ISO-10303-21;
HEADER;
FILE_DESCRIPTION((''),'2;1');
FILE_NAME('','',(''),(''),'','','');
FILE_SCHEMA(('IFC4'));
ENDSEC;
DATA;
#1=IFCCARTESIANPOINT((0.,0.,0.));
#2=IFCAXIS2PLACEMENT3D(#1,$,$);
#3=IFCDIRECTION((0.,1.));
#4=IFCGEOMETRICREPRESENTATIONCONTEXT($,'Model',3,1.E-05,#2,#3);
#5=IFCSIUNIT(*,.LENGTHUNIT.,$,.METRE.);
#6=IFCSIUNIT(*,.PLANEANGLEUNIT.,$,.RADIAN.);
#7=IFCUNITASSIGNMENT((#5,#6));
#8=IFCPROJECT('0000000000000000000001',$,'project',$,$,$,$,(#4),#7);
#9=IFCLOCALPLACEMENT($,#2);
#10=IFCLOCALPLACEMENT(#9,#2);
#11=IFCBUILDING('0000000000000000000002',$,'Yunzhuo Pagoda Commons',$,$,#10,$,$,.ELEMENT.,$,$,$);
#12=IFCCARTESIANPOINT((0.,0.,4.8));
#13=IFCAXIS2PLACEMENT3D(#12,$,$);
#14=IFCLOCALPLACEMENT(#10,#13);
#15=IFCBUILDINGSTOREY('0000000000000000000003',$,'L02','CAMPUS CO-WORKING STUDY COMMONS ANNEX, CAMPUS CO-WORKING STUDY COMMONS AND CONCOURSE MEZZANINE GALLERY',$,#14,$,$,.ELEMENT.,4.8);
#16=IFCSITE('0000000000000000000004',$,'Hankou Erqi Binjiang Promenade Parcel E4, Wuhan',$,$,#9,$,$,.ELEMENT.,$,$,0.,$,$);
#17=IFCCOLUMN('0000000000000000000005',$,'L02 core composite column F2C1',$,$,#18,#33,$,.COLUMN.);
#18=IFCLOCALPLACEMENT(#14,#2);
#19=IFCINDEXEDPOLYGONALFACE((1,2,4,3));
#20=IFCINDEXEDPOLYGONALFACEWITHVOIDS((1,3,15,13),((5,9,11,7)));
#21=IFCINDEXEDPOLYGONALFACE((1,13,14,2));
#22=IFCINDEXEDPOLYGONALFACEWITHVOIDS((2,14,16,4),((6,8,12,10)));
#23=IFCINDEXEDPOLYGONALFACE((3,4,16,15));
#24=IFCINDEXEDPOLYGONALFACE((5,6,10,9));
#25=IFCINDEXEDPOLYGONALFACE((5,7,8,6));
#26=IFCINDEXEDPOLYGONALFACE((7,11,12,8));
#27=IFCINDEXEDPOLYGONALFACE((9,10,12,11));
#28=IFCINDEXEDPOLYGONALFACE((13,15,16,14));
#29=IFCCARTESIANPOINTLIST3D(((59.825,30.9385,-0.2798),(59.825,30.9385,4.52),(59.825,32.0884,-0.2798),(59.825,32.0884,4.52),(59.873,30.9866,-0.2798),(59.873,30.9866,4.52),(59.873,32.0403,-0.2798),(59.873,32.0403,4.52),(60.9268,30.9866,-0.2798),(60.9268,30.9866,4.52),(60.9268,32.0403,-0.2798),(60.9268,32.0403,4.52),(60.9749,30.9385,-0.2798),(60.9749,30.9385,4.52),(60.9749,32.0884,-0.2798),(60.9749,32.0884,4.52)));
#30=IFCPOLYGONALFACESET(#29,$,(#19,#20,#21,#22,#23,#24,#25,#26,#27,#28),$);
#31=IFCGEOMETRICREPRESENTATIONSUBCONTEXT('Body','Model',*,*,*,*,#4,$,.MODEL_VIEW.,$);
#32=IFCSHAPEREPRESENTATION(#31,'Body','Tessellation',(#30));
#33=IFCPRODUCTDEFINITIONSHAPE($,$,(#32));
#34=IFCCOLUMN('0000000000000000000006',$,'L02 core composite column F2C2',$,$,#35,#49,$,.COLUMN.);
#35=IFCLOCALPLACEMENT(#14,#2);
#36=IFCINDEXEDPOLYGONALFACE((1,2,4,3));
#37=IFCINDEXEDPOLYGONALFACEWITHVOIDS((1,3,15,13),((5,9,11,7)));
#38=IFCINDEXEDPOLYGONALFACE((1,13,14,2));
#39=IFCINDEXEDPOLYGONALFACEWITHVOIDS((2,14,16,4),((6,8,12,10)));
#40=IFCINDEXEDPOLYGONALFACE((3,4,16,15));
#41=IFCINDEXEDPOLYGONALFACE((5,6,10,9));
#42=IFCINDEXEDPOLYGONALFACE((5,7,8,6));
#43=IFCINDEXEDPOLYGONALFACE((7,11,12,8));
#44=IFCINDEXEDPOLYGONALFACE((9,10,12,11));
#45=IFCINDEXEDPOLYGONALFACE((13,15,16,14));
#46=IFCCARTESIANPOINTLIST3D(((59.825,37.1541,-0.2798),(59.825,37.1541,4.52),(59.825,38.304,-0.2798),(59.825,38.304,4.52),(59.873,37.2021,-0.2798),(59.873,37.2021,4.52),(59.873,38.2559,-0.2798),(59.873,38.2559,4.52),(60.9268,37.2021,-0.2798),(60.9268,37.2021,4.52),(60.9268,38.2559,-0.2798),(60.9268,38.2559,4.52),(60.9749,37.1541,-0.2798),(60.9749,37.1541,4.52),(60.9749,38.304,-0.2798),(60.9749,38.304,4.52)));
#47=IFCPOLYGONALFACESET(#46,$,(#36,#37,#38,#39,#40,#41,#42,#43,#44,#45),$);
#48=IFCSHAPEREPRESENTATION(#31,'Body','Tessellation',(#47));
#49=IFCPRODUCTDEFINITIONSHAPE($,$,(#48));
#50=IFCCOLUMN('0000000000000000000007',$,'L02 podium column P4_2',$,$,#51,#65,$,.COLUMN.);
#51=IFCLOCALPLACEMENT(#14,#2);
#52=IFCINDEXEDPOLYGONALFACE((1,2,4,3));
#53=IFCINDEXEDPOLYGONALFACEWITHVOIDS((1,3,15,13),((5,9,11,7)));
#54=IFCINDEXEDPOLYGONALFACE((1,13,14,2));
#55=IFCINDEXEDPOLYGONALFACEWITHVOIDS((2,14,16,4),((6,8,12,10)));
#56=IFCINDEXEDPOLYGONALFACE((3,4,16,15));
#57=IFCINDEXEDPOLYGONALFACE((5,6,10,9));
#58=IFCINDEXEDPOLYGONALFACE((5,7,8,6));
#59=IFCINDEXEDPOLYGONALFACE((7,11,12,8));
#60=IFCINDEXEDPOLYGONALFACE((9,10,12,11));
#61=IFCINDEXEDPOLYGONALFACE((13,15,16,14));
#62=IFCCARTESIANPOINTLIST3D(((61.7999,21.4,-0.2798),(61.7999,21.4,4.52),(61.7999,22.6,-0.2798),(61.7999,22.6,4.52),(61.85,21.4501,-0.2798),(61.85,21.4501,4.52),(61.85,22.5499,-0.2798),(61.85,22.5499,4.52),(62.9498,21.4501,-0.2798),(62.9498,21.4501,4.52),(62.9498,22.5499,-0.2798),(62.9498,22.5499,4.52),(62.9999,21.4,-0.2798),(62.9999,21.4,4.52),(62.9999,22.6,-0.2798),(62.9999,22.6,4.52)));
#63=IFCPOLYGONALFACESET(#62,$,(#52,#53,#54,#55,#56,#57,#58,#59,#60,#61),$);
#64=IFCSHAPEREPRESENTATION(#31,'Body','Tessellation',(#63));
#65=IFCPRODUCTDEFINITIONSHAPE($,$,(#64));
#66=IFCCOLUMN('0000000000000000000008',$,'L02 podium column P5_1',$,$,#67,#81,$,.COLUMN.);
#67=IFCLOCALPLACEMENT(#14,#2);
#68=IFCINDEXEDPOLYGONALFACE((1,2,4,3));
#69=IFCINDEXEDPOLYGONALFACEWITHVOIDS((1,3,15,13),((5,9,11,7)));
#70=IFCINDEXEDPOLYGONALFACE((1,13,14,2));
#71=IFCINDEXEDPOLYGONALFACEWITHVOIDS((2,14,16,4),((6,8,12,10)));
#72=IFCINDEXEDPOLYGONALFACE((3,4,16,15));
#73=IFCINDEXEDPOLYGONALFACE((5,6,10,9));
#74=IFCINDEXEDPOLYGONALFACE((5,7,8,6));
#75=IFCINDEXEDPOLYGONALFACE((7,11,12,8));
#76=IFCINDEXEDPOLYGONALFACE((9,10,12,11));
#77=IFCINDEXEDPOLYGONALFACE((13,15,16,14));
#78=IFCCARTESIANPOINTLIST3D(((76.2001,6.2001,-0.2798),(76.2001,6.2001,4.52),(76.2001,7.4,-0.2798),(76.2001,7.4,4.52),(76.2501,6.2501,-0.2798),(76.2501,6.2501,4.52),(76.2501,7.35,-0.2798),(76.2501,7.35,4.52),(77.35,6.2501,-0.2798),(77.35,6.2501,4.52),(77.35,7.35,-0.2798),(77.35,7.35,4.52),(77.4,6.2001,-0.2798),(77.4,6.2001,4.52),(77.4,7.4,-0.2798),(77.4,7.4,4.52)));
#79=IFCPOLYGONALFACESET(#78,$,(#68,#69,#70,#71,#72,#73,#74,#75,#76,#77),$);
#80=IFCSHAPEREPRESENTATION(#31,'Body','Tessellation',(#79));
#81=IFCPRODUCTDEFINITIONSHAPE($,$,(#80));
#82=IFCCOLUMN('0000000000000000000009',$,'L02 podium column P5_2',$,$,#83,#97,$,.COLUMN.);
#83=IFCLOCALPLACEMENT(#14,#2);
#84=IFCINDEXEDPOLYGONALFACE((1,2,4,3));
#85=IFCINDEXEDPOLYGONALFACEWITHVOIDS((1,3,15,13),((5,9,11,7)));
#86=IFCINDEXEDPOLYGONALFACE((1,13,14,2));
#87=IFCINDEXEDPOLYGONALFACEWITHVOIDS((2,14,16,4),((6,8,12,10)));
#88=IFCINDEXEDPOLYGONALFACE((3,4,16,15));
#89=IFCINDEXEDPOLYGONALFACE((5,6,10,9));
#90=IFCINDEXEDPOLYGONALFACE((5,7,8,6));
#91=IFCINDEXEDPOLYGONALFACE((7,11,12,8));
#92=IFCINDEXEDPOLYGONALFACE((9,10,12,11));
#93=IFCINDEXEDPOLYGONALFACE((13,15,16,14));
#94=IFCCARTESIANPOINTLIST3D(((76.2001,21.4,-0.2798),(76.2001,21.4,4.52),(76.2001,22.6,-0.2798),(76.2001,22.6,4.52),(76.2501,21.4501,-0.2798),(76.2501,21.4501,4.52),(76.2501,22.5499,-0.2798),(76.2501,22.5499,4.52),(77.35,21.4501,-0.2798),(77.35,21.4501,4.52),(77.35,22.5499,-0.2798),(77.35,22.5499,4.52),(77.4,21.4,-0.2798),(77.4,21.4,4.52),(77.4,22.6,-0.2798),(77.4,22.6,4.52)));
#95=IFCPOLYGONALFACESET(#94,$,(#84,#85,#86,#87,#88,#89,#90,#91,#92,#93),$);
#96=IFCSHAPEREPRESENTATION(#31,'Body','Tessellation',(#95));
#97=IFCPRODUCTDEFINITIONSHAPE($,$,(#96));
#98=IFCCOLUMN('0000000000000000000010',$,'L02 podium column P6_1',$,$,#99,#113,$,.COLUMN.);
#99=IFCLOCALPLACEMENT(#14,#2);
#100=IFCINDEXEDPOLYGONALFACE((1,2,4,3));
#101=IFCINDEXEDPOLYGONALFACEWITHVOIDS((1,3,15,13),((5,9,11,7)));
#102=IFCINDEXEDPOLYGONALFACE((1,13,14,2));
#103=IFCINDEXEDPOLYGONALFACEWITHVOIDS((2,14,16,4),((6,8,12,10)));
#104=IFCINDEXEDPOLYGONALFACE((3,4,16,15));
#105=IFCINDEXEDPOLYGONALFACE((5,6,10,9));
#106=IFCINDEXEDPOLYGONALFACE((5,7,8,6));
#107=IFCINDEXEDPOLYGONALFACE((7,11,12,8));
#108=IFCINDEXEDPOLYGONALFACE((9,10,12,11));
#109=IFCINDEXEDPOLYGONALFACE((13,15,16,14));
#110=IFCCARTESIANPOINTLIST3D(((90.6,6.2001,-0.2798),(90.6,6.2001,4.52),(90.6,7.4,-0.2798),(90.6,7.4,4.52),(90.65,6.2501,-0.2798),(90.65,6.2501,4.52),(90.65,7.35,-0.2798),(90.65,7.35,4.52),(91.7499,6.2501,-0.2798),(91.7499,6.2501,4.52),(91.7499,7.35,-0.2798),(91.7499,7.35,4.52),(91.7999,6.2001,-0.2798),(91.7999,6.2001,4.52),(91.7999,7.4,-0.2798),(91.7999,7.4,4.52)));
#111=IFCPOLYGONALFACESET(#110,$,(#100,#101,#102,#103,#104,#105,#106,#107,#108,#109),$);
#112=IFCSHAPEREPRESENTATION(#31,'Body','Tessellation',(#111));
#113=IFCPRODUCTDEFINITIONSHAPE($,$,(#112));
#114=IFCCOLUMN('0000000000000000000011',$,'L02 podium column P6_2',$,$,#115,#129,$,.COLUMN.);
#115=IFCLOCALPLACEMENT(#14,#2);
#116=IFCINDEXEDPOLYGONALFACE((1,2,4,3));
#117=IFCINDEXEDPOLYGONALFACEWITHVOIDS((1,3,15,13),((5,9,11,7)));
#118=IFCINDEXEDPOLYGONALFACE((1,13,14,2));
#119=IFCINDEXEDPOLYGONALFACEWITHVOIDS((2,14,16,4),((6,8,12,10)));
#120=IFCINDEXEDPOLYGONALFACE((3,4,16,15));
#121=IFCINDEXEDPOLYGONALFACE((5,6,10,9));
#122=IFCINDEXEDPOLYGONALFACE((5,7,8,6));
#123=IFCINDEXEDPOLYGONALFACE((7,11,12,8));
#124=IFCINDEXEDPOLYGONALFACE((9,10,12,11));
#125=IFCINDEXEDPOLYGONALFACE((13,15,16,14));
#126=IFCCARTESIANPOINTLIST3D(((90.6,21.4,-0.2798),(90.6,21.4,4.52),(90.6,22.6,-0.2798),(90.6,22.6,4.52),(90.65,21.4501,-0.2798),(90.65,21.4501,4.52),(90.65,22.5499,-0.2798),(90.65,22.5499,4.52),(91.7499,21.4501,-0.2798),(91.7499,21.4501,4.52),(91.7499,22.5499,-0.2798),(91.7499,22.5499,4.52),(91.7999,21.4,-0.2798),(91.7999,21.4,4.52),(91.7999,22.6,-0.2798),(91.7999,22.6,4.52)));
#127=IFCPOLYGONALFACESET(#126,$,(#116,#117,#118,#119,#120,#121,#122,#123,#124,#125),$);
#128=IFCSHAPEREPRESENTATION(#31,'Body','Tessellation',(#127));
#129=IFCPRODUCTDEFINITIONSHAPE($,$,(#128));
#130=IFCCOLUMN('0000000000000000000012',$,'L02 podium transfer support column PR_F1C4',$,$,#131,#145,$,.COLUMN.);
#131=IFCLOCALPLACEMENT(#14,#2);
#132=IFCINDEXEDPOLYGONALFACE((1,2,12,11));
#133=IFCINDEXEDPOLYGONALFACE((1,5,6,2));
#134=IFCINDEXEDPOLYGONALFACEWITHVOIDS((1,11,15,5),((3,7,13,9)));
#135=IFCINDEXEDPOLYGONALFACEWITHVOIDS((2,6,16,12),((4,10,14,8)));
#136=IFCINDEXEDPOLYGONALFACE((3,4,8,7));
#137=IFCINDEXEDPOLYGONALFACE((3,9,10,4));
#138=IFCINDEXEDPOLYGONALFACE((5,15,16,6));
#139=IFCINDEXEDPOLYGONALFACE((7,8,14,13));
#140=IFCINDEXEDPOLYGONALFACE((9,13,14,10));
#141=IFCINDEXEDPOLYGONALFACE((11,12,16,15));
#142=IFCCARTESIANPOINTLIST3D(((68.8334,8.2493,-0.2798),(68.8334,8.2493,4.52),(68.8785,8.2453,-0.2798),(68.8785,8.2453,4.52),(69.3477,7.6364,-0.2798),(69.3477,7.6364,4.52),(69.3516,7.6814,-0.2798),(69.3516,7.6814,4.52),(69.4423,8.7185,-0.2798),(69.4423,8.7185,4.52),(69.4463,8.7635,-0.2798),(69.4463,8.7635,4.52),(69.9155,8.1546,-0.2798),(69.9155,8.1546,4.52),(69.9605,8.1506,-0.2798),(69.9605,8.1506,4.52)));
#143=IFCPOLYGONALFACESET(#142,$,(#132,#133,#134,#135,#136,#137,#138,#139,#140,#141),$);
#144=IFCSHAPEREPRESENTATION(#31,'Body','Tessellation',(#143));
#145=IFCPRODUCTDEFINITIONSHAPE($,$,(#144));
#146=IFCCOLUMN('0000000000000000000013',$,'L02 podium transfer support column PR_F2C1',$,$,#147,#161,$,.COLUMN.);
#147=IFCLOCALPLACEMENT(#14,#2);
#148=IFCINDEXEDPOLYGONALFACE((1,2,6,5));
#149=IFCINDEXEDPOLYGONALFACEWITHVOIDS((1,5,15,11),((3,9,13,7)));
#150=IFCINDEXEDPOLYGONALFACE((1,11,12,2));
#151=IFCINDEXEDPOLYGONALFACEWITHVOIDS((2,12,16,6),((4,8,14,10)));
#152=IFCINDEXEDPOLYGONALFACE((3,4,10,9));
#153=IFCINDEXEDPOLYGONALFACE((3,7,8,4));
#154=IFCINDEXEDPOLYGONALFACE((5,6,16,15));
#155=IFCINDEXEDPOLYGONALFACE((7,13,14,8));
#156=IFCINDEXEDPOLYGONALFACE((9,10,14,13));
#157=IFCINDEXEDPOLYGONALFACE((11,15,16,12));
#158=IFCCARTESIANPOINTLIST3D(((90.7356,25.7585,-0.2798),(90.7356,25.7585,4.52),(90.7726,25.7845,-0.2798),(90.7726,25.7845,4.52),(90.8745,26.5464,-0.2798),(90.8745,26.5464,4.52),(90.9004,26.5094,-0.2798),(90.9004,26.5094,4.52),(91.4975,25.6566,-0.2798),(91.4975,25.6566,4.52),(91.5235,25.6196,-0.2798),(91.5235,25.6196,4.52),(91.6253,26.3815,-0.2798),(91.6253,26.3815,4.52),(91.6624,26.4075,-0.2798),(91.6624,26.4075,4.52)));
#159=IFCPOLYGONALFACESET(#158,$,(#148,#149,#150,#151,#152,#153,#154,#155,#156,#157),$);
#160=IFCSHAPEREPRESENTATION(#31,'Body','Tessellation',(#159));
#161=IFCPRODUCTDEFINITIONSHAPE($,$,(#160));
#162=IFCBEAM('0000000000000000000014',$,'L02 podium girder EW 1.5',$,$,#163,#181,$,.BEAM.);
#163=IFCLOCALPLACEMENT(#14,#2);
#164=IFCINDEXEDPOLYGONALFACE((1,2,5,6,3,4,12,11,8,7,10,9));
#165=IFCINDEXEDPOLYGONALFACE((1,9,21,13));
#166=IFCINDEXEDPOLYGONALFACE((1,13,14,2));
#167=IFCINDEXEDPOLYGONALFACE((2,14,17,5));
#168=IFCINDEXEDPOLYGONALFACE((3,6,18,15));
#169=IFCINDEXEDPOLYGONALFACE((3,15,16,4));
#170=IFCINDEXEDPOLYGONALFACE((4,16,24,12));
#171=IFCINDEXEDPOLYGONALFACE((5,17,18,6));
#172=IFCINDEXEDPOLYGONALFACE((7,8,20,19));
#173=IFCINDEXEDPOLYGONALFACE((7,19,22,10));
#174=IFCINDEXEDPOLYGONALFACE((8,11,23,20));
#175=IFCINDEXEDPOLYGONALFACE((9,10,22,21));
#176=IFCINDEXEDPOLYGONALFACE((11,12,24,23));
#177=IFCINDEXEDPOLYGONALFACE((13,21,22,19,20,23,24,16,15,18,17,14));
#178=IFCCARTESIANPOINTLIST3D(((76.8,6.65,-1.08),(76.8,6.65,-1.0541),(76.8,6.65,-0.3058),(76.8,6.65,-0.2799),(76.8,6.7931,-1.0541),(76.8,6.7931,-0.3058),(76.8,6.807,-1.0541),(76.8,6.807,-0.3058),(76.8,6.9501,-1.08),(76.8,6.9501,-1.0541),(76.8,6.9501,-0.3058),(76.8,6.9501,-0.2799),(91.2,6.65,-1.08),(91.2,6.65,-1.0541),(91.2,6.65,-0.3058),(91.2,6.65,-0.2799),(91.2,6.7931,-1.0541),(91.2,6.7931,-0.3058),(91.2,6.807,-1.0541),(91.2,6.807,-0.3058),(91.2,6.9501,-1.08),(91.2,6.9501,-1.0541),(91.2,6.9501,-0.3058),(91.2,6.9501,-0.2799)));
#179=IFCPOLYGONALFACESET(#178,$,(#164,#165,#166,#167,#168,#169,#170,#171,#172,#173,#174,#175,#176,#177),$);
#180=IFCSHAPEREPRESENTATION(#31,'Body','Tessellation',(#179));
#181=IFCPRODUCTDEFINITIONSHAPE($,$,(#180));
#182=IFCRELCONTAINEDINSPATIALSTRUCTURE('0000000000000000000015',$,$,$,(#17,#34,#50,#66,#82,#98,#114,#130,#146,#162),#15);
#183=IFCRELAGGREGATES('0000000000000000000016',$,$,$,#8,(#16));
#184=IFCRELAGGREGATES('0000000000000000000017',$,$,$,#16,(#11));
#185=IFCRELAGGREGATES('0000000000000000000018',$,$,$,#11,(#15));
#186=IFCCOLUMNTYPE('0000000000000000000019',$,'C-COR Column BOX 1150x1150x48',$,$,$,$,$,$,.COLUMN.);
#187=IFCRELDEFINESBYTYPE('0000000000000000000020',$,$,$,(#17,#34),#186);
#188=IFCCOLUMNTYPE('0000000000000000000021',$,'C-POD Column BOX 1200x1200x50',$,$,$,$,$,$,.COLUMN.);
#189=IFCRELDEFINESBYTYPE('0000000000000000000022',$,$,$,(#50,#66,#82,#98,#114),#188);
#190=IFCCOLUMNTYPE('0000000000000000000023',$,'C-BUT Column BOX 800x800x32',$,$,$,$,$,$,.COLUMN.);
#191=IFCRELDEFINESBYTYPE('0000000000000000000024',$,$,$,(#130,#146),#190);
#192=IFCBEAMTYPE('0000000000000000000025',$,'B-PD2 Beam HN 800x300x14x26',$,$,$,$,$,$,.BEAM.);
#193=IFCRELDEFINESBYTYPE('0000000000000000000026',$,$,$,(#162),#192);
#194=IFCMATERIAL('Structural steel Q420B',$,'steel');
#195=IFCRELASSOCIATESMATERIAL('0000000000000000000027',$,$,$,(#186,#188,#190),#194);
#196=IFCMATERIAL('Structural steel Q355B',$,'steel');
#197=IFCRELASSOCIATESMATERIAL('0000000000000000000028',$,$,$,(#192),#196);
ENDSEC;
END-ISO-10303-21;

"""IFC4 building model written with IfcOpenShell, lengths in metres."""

from ifc_helpers import new_model, si_unit, direction, frame, origin, origin_2d, place, context, subcontext, project, spatial, hollow_rectangle, i_section, extrude, source, transform, mapped, material, material_profile, profile_set, type_object, element, save


model = new_model("IFC4")

# Units and contexts
model_context = context("Model", 3, precision=1e-05, world=origin(), true_north=direction((0.0, 1.0)))
body_context = subcontext(model_context, "Body", "Model", "MODEL_VIEW")
ifc_project = project(units=[si_unit("LENGTHUNIT", "METRE"), si_unit("PLANEANGLEUNIT", "RADIAN")], contexts=[model_context])

# Site, building, storey
site_placement = place(None, origin())
site = spatial("IfcSite", under=ifc_project, at=site_placement, Name="Hankou Erqi Binjiang Promenade Parcel E4, Wuhan", CompositionType="ELEMENT", RefElevation=0.0)
building_placement = place(site_placement, origin())
building = spatial("IfcBuilding", under=site, at=building_placement, Name="Yunzhuo Pagoda Commons", CompositionType="ELEMENT")
storey_placement = place(building_placement, frame((0.0, 0.0, 4.8)))
storey = spatial("IfcBuildingStorey", under=building, at=storey_placement, Name="L02", Description="CAMPUS CO-WORKING STUDY COMMONS ANNEX, CAMPUS CO-WORKING STUDY COMMONS AND CONCOURSE MEZZANINE GALLERY", CompositionType="ELEMENT", Elevation=4.8)

# Columns
ifc_material_1 = material(Name="Structural steel Q420B", Category="steel")
ifc_material_profile_1 = material_profile(ifc_material_1, hollow_rectangle(XDim=1.1499, YDim=1.1499, WallThickness=0.0481, at=origin_2d()), Name="Structural steel Q420B")
ifc_profile_set_1 = profile_set([ifc_material_profile_1], Name="Structural steel Q420B")
column_type_1 = type_object("IfcColumnType", Name="C-COR Column BOX 1150x1150x48", PredefinedType="COLUMN", material=ifc_profile_set_1)
shared_shape_1 = source(origin(), body_context, "Body", "SweptSolid", [
    extrude(hollow_rectangle(XDim=1.1499, YDim=1.1499, WallThickness=0.0481, at=origin_2d()), origin(), (0.0, 0.0, 1.0), 4.7998),
])
for number, where, z_axis, x_axis, name in (
    (1, (60.3999, 31.5134, -0.2798), (0.0, 0.0, 1.0), (1.0, 0.0, 0.0), "L02 core composite column F2C1"),
    (2, (60.3999, 37.729, -0.2798), (0.0, 0.0, 1.0), (1.0, 0.0, 0.0), "L02 core composite column F2C2"),
):
    element("IfcColumn", number, at=place(storey_placement, frame(where, z_axis=z_axis, x_axis=x_axis)), inside=storey, type_object=column_type_1, Name=name, PredefinedType="COLUMN", context=body_context, shape_type="MappedRepresentation", body=[
        mapped(shared_shape_1, transform((0.0, 0.0, 0.0), scale=1.0)),
    ])
ifc_material_profile_2 = material_profile(ifc_material_1, hollow_rectangle(XDim=1.2, YDim=1.2, WallThickness=0.05, at=origin_2d()), Name="Structural steel Q420B")
ifc_profile_set_2 = profile_set([ifc_material_profile_2], Name="Structural steel Q420B")
column_type_2 = type_object("IfcColumnType", Name="C-POD Column BOX 1200x1200x50", PredefinedType="COLUMN", material=ifc_profile_set_2)
shared_shape_2 = source(origin(), body_context, "Body", "SweptSolid", [
    extrude(hollow_rectangle(XDim=1.2, YDim=1.2, WallThickness=0.05, at=origin_2d()), origin(), (0.0, 0.0, 1.0), 4.7998),
])
for number, where, z_axis, x_axis, name in (
    (3, (62.3999, 22.0, -0.2798), (0.0, 0.0, 1.0), (1.0, 0.0, 0.0), "L02 podium column P4_2"),
    (4, (76.8, 6.8, -0.2798), (0.0, 0.0, 1.0), (1.0, 0.0, 0.0), "L02 podium column P5_1"),
    (5, (76.8, 22.0, -0.2798), (0.0, 0.0, 1.0), (1.0, 0.0, 0.0), "L02 podium column P5_2"),
    (6, (91.2, 6.8, -0.2798), (0.0, 0.0, 1.0), (1.0, 0.0, 0.0), "L02 podium column P6_1"),
    (7, (91.2, 22.0, -0.2798), (0.0, 0.0, 1.0), (1.0, 0.0, 0.0), "L02 podium column P6_2"),
):
    element("IfcColumn", number, at=place(storey_placement, frame(where, z_axis=z_axis, x_axis=x_axis)), inside=storey, type_object=column_type_2, Name=name, PredefinedType="COLUMN", context=body_context, shape_type="MappedRepresentation", body=[
        mapped(shared_shape_2, transform((0.0, 0.0, 0.0), scale=1.0)),
    ])
ifc_material_profile_3 = material_profile(ifc_material_1, hollow_rectangle(XDim=0.8, YDim=0.8, WallThickness=0.032, at=origin_2d()), Name="Structural steel Q420B")
ifc_profile_set_3 = profile_set([ifc_material_profile_3], Name="Structural steel Q420B")
column_type_3 = type_object("IfcColumnType", Name="C-BUT Column BOX 800x800x32", PredefinedType="COLUMN", material=ifc_profile_set_3)
shared_shape_3 = source(origin(), body_context, "Body", "SweptSolid", [
    extrude(hollow_rectangle(XDim=0.8, YDim=0.8, WallThickness=0.032, at=origin_2d()), origin(), (0.0, 0.0, 1.0), 4.7998),
])
for number, where, z_axis, x_axis, name in (
    (8, (69.397, 8.2, -0.2798), (0.0, 0.0, 1.0), (0.766044, 0.642788, 0.0), "L02 podium transfer support column PR_F1C4"),
    (9, (91.199, 26.083, -0.2798), (0.0, 0.0, 1.0), (0.173648, 0.984808, 0.0), "L02 podium transfer support column PR_F2C1"),
):
    element("IfcColumn", number, at=place(storey_placement, frame(where, z_axis=z_axis, x_axis=x_axis)), inside=storey, type_object=column_type_3, Name=name, PredefinedType="COLUMN", context=body_context, shape_type="MappedRepresentation", body=[
        mapped(shared_shape_3, transform((0.0, 0.0, 0.0), scale=1.0)),
    ])

# Beam
ifc_material_2 = material(Name="Structural steel Q355B", Category="steel")
ifc_material_profile_4 = material_profile(ifc_material_2, i_section(OverallWidth=0.3, OverallDepth=0.8, WebThickness=0.0139, FlangeThickness=0.0259, at=origin_2d()), Name="Structural steel Q355B")
ifc_profile_set_4 = profile_set([ifc_material_profile_4], Name="Structural steel Q355B")
beam_type_1 = type_object("IfcBeamType", Name="B-PD2 Beam HN 800x300x14x26", PredefinedType="BEAM", material=ifc_profile_set_4)
shared_shape_4 = source(origin(), body_context, "Body", "SweptSolid", [
    extrude(i_section(OverallWidth=0.3, OverallDepth=0.8, WebThickness=0.0139, FlangeThickness=0.0259, at=origin_2d()), origin(), (0.0, 0.0, 1.0), 14.3999),
])
beam_1_placement = place(storey_placement, frame((76.8, 6.8, -0.6799), z_axis=(1.0, 0.0, 0.0), x_axis=(0.0, 1.0, 0.0)))
element("IfcBeam", 10, at=beam_1_placement, inside=storey, type_object=beam_type_1, Name="L02 podium girder EW 1.5", PredefinedType="BEAM", context=body_context, shape_type="MappedRepresentation", body=[
    mapped(shared_shape_4, transform((0.0, 0.0, 0.0), scale=1.0)),
])

save(model, "model.ifc")
